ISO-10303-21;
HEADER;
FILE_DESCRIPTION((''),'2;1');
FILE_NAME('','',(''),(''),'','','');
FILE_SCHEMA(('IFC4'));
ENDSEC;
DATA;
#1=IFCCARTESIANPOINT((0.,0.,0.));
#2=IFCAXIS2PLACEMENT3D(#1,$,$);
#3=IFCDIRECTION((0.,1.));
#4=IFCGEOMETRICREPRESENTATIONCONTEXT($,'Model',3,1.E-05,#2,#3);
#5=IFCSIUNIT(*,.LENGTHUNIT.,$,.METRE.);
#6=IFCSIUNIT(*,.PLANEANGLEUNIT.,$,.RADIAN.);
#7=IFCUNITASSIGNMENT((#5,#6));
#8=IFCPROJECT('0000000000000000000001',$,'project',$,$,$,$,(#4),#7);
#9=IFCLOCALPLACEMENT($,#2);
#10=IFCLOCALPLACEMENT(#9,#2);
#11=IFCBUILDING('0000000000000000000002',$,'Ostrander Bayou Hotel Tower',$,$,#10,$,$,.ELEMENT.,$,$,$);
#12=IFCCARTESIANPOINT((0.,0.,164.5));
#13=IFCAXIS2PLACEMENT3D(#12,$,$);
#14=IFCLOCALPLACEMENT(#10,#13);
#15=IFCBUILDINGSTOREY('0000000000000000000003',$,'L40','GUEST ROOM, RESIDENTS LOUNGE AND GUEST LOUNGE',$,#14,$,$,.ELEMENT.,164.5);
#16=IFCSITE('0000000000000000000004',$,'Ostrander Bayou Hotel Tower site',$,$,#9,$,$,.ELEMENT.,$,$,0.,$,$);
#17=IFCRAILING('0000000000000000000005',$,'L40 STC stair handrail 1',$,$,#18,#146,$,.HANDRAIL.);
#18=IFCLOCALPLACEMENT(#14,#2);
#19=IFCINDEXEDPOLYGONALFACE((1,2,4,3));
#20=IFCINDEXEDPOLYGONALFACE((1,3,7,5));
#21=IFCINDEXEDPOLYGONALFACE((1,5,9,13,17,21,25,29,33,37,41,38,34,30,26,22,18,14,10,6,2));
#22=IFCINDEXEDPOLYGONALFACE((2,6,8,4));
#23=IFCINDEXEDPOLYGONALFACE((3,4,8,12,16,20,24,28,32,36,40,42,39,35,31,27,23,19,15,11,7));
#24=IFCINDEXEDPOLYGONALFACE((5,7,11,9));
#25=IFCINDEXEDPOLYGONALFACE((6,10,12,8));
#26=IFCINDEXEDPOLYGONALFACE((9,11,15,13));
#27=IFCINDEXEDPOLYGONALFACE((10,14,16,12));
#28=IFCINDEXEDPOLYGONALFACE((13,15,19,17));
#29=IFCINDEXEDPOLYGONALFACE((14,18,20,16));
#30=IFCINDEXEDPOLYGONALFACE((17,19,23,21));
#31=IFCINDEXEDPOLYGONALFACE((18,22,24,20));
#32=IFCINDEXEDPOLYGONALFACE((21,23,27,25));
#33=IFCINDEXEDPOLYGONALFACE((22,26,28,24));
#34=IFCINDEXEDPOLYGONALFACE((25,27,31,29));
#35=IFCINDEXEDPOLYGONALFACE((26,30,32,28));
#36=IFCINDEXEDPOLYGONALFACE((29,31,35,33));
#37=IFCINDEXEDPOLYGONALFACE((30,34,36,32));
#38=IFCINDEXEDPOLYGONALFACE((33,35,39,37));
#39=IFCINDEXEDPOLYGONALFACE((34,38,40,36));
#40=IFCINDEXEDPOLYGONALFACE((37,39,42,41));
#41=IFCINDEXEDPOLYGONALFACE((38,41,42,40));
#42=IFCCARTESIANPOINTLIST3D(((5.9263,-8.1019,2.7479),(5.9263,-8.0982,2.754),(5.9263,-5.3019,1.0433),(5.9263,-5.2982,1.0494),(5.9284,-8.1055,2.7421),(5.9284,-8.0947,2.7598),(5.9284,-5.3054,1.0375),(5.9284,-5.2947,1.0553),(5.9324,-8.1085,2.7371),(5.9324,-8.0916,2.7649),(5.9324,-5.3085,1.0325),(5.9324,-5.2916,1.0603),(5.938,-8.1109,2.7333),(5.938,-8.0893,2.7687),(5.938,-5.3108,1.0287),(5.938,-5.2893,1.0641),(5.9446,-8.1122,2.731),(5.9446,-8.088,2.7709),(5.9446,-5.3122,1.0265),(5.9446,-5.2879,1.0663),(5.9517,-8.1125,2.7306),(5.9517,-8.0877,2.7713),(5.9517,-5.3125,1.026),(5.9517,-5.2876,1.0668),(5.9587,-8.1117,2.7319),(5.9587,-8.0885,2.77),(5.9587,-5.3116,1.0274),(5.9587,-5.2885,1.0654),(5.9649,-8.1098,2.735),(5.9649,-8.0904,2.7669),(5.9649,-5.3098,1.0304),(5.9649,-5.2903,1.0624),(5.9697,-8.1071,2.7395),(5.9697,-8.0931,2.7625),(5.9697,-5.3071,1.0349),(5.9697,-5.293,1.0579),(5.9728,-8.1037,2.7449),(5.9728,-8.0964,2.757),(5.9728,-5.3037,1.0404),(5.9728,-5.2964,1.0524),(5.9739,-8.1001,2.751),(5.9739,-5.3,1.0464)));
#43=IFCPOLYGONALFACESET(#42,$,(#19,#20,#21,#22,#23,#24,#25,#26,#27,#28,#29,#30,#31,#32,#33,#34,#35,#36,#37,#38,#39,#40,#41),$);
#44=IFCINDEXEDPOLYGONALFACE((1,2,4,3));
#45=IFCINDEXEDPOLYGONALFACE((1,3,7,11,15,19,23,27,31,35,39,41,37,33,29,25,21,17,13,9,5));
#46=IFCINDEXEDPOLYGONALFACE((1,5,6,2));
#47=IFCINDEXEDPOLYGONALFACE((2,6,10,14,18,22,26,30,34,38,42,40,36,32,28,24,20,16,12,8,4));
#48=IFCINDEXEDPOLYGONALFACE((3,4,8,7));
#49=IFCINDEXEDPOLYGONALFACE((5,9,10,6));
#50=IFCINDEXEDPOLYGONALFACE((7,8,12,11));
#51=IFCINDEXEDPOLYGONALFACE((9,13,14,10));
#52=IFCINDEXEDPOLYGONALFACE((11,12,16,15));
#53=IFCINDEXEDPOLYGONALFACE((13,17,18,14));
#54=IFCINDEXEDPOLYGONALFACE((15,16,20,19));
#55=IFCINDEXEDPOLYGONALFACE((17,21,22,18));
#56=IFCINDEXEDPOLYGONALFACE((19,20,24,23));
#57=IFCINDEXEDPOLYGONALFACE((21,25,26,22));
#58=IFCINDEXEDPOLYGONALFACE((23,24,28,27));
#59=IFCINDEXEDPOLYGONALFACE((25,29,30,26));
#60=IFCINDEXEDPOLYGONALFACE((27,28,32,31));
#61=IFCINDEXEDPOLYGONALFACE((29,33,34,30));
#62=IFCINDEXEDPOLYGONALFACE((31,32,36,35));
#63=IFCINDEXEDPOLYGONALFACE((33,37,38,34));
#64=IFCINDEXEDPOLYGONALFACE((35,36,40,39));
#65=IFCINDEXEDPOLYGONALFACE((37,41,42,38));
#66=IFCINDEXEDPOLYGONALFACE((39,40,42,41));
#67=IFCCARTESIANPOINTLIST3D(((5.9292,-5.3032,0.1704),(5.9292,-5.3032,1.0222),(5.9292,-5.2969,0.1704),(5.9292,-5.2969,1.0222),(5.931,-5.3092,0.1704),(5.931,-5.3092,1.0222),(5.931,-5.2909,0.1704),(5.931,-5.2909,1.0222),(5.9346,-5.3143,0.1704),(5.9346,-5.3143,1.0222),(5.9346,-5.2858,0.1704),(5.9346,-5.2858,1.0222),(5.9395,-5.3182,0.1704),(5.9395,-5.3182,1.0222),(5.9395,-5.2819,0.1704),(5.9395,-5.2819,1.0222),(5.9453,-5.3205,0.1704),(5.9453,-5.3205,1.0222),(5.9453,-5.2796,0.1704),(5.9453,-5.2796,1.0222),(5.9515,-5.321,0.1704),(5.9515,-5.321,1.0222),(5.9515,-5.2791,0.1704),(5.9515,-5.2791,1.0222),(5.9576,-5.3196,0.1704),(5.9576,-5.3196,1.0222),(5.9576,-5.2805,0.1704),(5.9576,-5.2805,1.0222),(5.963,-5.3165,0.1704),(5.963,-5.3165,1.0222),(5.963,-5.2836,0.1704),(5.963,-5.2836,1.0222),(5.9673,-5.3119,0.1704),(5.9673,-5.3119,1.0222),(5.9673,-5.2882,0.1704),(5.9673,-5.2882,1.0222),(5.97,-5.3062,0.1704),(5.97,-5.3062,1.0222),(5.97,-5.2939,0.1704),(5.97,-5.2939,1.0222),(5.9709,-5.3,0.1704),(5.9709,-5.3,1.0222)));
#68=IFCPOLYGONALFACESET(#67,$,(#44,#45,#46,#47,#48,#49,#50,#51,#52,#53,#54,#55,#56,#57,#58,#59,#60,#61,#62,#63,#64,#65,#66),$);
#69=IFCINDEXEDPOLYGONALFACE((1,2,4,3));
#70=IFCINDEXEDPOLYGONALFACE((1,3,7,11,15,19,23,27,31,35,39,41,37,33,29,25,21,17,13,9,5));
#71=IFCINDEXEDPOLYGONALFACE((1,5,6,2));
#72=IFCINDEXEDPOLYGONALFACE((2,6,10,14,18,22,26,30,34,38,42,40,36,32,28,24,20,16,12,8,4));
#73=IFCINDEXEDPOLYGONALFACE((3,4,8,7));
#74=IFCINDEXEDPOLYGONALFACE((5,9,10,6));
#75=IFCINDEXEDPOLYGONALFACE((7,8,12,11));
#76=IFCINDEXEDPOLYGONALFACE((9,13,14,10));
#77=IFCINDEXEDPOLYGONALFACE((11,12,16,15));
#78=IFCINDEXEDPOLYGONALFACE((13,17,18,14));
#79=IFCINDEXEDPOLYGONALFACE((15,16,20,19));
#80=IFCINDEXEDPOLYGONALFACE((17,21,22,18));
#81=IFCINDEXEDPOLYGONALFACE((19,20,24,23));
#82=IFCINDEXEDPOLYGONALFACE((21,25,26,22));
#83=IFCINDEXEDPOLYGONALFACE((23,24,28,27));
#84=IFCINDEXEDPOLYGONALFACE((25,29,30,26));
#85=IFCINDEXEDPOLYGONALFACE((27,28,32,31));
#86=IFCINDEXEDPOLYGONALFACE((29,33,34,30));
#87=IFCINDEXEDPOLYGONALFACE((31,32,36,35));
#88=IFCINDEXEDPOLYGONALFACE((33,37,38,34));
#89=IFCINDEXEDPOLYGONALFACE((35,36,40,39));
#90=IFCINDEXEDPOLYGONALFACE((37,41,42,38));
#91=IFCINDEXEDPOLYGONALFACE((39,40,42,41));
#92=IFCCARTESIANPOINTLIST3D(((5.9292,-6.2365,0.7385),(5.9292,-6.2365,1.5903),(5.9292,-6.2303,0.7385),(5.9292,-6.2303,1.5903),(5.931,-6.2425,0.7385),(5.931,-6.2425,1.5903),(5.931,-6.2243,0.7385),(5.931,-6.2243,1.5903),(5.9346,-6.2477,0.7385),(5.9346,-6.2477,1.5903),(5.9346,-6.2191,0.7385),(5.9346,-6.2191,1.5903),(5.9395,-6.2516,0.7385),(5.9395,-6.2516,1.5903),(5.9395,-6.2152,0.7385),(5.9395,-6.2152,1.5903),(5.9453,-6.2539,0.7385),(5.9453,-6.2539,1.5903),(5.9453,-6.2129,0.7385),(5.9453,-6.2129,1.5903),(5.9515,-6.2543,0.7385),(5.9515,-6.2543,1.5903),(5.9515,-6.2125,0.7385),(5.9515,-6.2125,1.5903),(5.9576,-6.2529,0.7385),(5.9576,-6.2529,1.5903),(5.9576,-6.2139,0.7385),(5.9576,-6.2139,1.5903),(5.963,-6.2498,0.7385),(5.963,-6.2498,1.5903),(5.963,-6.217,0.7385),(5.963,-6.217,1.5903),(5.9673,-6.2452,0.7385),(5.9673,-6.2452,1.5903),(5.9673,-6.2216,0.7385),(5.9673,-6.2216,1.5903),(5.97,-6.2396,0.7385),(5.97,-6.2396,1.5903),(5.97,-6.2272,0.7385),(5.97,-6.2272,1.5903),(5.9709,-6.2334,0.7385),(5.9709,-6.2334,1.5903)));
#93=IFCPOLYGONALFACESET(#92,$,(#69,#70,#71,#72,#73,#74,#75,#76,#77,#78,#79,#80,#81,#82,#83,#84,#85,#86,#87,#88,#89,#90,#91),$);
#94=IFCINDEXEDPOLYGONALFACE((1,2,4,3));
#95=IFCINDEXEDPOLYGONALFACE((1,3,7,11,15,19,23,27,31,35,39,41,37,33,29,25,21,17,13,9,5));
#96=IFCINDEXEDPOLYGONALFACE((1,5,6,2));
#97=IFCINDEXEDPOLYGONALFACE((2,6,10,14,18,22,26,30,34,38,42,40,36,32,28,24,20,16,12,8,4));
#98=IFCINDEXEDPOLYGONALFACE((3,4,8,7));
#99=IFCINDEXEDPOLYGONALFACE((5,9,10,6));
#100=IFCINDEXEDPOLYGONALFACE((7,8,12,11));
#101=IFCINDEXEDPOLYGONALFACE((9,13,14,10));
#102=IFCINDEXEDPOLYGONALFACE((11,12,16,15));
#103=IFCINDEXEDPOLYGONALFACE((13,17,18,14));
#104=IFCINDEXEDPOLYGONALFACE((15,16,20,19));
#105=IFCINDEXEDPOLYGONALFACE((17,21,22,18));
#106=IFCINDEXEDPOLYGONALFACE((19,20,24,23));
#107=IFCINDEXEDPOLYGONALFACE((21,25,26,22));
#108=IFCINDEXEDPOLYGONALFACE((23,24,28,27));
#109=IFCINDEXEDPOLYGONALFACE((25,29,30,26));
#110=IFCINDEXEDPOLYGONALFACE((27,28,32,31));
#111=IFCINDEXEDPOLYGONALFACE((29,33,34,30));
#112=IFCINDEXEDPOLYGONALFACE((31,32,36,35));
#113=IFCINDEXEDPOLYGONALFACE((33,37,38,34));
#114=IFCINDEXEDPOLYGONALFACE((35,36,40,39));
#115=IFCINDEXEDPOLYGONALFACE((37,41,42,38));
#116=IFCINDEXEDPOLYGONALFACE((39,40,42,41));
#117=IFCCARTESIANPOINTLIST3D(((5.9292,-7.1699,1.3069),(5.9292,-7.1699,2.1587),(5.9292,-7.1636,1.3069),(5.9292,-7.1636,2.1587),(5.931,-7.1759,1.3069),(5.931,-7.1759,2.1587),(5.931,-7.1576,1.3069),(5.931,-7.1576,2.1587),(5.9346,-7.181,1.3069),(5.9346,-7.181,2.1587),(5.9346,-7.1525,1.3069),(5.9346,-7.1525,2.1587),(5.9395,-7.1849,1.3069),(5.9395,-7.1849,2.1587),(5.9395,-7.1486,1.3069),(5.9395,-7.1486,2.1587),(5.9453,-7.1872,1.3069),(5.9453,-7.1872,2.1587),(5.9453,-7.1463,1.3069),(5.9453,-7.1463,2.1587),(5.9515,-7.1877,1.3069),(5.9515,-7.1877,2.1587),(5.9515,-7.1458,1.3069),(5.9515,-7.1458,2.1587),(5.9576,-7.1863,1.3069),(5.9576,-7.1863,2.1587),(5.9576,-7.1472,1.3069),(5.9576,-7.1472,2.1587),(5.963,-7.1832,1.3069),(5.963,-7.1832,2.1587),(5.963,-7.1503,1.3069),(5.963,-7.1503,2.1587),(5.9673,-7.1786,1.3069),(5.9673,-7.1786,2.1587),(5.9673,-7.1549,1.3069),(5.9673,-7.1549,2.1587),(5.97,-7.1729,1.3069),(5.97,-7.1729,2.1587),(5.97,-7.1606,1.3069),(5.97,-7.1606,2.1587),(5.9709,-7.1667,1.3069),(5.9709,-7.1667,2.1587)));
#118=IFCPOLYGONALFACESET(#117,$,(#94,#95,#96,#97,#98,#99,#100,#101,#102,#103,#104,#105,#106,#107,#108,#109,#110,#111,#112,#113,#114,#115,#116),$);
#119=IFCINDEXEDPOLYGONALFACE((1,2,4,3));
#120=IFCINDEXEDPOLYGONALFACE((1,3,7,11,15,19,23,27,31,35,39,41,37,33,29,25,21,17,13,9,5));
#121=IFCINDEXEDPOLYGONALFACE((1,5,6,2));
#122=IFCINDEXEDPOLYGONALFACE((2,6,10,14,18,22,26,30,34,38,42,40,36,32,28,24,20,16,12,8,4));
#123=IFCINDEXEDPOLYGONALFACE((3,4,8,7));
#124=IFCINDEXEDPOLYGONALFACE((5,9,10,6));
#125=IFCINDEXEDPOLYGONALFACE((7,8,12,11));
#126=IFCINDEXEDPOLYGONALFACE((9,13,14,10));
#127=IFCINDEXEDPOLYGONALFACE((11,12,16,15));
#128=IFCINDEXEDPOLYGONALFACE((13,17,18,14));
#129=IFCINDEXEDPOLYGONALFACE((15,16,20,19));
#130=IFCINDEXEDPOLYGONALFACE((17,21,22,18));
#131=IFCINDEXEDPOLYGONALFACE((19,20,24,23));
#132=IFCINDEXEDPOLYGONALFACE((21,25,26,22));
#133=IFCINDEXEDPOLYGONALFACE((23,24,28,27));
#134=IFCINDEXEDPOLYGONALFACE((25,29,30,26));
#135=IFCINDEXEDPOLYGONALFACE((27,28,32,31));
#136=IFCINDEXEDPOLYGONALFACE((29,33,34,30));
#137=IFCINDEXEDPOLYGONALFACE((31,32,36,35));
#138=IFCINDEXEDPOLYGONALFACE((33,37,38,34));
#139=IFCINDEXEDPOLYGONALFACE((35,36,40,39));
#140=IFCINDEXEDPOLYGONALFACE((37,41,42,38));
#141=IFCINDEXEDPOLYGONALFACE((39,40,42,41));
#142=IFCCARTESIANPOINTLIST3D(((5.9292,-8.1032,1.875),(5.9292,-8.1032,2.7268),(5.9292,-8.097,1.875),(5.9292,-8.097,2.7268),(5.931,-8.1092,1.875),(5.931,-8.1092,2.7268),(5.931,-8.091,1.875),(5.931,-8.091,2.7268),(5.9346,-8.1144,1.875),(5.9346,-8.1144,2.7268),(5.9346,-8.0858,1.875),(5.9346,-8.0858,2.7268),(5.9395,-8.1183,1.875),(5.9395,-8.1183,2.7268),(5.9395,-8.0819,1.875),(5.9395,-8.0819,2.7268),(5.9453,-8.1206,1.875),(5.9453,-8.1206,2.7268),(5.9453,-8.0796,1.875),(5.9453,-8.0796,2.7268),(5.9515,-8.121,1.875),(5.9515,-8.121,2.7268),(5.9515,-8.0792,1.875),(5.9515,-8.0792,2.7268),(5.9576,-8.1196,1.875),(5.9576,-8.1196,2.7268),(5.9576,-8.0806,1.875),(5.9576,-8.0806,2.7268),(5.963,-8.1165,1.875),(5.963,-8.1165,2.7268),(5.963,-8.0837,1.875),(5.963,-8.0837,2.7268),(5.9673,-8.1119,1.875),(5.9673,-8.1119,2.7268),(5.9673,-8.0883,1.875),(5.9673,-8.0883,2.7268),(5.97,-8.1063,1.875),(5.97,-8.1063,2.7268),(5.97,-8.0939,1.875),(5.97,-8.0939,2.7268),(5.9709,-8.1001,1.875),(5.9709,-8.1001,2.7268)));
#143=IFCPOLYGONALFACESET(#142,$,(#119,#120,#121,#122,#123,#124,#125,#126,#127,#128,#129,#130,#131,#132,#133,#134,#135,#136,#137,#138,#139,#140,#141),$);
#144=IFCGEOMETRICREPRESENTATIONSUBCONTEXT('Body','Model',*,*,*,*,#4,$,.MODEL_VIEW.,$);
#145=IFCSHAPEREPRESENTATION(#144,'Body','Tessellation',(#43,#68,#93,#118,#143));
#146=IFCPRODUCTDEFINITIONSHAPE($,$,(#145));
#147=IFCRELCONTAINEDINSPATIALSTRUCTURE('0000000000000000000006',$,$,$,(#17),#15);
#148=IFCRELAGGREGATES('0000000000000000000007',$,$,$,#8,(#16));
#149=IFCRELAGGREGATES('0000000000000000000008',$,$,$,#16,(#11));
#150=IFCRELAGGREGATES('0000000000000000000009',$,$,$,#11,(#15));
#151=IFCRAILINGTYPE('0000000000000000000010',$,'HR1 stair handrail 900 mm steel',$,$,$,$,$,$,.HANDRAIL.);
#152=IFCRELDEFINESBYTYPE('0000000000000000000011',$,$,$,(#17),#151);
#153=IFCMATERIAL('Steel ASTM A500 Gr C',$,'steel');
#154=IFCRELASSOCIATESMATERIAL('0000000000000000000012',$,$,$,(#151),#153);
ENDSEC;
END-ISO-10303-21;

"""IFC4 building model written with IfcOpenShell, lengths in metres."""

from ifc_helpers import new_model, si_unit, direction, frame, origin, origin_2d, place, context, subcontext, project, spatial, circle, extrude, material, type_object, element, save


model = new_model("IFC4")

# Units and contexts
model_context = context("Model", 3, precision=1e-05, world=origin(), true_north=direction((0.0, 1.0)))
body_context = subcontext(model_context, "Body", "Model", "MODEL_VIEW")
ifc_project = project(units=[si_unit("LENGTHUNIT", "METRE"), si_unit("PLANEANGLEUNIT", "RADIAN")], contexts=[model_context])

# Site, building, storey
site_placement = place(None, origin())
site = spatial("IfcSite", under=ifc_project, at=site_placement, Name="Ostrander Bayou Hotel Tower site", CompositionType="ELEMENT", RefElevation=0.0)
building_placement = place(site_placement, origin())
building = spatial("IfcBuilding", under=site, at=building_placement, Name="Ostrander Bayou Hotel Tower", CompositionType="ELEMENT")
storey_placement = place(building_placement, frame((0.0, 0.0, 164.5)))
storey = spatial("IfcBuildingStorey", under=building, at=storey_placement, Name="L40", Description="GUEST ROOM, RESIDENTS LOUNGE AND GUEST LOUNGE", CompositionType="ELEMENT", Elevation=164.5)

# Railing
ifc_material_1 = material(Name="Steel ASTM A500 Gr C", Category="steel")
railing_type_1 = type_object("IfcRailingType", Name="HR1 stair handrail 900 mm steel", PredefinedType="HANDRAIL", material=ifc_material_1)
railing_1_placement = place(storey_placement, frame((5.95, -5.3, 0.1704)))
element("IfcRailing", 1, at=railing_1_placement, inside=storey, type_object=railing_type_1, Name="L40 STC stair handrail 1", PredefinedType="HANDRAIL", context=body_context, shape_type="SweptSolid", body=[
    extrude(circle(Radius=0.0239, at=origin_2d()), frame((0.0, 0.0, 0.876), z_axis=(0.0, -0.85417, 0.519994), x_axis=(1.0, 0.0, 0.0)), (0.0, 0.0, 1.0), 3.2781),
    extrude(circle(Radius=0.021, at=origin_2d()), origin(), (0.0, 0.0, 1.0), 0.8518),
    extrude(circle(Radius=0.021, at=origin_2d()), frame((0.0, -0.9333, 0.5681)), (0.0, 0.0, 1.0), 0.8518),
    extrude(circle(Radius=0.021, at=origin_2d()), frame((0.0, -1.8667, 1.1365)), (0.0, 0.0, 1.0), 0.8518),
    extrude(circle(Radius=0.021, at=origin_2d()), frame((0.0, -2.8, 1.7046)), (0.0, 0.0, 1.0), 0.8518),
])

save(model, "model.ifc")
